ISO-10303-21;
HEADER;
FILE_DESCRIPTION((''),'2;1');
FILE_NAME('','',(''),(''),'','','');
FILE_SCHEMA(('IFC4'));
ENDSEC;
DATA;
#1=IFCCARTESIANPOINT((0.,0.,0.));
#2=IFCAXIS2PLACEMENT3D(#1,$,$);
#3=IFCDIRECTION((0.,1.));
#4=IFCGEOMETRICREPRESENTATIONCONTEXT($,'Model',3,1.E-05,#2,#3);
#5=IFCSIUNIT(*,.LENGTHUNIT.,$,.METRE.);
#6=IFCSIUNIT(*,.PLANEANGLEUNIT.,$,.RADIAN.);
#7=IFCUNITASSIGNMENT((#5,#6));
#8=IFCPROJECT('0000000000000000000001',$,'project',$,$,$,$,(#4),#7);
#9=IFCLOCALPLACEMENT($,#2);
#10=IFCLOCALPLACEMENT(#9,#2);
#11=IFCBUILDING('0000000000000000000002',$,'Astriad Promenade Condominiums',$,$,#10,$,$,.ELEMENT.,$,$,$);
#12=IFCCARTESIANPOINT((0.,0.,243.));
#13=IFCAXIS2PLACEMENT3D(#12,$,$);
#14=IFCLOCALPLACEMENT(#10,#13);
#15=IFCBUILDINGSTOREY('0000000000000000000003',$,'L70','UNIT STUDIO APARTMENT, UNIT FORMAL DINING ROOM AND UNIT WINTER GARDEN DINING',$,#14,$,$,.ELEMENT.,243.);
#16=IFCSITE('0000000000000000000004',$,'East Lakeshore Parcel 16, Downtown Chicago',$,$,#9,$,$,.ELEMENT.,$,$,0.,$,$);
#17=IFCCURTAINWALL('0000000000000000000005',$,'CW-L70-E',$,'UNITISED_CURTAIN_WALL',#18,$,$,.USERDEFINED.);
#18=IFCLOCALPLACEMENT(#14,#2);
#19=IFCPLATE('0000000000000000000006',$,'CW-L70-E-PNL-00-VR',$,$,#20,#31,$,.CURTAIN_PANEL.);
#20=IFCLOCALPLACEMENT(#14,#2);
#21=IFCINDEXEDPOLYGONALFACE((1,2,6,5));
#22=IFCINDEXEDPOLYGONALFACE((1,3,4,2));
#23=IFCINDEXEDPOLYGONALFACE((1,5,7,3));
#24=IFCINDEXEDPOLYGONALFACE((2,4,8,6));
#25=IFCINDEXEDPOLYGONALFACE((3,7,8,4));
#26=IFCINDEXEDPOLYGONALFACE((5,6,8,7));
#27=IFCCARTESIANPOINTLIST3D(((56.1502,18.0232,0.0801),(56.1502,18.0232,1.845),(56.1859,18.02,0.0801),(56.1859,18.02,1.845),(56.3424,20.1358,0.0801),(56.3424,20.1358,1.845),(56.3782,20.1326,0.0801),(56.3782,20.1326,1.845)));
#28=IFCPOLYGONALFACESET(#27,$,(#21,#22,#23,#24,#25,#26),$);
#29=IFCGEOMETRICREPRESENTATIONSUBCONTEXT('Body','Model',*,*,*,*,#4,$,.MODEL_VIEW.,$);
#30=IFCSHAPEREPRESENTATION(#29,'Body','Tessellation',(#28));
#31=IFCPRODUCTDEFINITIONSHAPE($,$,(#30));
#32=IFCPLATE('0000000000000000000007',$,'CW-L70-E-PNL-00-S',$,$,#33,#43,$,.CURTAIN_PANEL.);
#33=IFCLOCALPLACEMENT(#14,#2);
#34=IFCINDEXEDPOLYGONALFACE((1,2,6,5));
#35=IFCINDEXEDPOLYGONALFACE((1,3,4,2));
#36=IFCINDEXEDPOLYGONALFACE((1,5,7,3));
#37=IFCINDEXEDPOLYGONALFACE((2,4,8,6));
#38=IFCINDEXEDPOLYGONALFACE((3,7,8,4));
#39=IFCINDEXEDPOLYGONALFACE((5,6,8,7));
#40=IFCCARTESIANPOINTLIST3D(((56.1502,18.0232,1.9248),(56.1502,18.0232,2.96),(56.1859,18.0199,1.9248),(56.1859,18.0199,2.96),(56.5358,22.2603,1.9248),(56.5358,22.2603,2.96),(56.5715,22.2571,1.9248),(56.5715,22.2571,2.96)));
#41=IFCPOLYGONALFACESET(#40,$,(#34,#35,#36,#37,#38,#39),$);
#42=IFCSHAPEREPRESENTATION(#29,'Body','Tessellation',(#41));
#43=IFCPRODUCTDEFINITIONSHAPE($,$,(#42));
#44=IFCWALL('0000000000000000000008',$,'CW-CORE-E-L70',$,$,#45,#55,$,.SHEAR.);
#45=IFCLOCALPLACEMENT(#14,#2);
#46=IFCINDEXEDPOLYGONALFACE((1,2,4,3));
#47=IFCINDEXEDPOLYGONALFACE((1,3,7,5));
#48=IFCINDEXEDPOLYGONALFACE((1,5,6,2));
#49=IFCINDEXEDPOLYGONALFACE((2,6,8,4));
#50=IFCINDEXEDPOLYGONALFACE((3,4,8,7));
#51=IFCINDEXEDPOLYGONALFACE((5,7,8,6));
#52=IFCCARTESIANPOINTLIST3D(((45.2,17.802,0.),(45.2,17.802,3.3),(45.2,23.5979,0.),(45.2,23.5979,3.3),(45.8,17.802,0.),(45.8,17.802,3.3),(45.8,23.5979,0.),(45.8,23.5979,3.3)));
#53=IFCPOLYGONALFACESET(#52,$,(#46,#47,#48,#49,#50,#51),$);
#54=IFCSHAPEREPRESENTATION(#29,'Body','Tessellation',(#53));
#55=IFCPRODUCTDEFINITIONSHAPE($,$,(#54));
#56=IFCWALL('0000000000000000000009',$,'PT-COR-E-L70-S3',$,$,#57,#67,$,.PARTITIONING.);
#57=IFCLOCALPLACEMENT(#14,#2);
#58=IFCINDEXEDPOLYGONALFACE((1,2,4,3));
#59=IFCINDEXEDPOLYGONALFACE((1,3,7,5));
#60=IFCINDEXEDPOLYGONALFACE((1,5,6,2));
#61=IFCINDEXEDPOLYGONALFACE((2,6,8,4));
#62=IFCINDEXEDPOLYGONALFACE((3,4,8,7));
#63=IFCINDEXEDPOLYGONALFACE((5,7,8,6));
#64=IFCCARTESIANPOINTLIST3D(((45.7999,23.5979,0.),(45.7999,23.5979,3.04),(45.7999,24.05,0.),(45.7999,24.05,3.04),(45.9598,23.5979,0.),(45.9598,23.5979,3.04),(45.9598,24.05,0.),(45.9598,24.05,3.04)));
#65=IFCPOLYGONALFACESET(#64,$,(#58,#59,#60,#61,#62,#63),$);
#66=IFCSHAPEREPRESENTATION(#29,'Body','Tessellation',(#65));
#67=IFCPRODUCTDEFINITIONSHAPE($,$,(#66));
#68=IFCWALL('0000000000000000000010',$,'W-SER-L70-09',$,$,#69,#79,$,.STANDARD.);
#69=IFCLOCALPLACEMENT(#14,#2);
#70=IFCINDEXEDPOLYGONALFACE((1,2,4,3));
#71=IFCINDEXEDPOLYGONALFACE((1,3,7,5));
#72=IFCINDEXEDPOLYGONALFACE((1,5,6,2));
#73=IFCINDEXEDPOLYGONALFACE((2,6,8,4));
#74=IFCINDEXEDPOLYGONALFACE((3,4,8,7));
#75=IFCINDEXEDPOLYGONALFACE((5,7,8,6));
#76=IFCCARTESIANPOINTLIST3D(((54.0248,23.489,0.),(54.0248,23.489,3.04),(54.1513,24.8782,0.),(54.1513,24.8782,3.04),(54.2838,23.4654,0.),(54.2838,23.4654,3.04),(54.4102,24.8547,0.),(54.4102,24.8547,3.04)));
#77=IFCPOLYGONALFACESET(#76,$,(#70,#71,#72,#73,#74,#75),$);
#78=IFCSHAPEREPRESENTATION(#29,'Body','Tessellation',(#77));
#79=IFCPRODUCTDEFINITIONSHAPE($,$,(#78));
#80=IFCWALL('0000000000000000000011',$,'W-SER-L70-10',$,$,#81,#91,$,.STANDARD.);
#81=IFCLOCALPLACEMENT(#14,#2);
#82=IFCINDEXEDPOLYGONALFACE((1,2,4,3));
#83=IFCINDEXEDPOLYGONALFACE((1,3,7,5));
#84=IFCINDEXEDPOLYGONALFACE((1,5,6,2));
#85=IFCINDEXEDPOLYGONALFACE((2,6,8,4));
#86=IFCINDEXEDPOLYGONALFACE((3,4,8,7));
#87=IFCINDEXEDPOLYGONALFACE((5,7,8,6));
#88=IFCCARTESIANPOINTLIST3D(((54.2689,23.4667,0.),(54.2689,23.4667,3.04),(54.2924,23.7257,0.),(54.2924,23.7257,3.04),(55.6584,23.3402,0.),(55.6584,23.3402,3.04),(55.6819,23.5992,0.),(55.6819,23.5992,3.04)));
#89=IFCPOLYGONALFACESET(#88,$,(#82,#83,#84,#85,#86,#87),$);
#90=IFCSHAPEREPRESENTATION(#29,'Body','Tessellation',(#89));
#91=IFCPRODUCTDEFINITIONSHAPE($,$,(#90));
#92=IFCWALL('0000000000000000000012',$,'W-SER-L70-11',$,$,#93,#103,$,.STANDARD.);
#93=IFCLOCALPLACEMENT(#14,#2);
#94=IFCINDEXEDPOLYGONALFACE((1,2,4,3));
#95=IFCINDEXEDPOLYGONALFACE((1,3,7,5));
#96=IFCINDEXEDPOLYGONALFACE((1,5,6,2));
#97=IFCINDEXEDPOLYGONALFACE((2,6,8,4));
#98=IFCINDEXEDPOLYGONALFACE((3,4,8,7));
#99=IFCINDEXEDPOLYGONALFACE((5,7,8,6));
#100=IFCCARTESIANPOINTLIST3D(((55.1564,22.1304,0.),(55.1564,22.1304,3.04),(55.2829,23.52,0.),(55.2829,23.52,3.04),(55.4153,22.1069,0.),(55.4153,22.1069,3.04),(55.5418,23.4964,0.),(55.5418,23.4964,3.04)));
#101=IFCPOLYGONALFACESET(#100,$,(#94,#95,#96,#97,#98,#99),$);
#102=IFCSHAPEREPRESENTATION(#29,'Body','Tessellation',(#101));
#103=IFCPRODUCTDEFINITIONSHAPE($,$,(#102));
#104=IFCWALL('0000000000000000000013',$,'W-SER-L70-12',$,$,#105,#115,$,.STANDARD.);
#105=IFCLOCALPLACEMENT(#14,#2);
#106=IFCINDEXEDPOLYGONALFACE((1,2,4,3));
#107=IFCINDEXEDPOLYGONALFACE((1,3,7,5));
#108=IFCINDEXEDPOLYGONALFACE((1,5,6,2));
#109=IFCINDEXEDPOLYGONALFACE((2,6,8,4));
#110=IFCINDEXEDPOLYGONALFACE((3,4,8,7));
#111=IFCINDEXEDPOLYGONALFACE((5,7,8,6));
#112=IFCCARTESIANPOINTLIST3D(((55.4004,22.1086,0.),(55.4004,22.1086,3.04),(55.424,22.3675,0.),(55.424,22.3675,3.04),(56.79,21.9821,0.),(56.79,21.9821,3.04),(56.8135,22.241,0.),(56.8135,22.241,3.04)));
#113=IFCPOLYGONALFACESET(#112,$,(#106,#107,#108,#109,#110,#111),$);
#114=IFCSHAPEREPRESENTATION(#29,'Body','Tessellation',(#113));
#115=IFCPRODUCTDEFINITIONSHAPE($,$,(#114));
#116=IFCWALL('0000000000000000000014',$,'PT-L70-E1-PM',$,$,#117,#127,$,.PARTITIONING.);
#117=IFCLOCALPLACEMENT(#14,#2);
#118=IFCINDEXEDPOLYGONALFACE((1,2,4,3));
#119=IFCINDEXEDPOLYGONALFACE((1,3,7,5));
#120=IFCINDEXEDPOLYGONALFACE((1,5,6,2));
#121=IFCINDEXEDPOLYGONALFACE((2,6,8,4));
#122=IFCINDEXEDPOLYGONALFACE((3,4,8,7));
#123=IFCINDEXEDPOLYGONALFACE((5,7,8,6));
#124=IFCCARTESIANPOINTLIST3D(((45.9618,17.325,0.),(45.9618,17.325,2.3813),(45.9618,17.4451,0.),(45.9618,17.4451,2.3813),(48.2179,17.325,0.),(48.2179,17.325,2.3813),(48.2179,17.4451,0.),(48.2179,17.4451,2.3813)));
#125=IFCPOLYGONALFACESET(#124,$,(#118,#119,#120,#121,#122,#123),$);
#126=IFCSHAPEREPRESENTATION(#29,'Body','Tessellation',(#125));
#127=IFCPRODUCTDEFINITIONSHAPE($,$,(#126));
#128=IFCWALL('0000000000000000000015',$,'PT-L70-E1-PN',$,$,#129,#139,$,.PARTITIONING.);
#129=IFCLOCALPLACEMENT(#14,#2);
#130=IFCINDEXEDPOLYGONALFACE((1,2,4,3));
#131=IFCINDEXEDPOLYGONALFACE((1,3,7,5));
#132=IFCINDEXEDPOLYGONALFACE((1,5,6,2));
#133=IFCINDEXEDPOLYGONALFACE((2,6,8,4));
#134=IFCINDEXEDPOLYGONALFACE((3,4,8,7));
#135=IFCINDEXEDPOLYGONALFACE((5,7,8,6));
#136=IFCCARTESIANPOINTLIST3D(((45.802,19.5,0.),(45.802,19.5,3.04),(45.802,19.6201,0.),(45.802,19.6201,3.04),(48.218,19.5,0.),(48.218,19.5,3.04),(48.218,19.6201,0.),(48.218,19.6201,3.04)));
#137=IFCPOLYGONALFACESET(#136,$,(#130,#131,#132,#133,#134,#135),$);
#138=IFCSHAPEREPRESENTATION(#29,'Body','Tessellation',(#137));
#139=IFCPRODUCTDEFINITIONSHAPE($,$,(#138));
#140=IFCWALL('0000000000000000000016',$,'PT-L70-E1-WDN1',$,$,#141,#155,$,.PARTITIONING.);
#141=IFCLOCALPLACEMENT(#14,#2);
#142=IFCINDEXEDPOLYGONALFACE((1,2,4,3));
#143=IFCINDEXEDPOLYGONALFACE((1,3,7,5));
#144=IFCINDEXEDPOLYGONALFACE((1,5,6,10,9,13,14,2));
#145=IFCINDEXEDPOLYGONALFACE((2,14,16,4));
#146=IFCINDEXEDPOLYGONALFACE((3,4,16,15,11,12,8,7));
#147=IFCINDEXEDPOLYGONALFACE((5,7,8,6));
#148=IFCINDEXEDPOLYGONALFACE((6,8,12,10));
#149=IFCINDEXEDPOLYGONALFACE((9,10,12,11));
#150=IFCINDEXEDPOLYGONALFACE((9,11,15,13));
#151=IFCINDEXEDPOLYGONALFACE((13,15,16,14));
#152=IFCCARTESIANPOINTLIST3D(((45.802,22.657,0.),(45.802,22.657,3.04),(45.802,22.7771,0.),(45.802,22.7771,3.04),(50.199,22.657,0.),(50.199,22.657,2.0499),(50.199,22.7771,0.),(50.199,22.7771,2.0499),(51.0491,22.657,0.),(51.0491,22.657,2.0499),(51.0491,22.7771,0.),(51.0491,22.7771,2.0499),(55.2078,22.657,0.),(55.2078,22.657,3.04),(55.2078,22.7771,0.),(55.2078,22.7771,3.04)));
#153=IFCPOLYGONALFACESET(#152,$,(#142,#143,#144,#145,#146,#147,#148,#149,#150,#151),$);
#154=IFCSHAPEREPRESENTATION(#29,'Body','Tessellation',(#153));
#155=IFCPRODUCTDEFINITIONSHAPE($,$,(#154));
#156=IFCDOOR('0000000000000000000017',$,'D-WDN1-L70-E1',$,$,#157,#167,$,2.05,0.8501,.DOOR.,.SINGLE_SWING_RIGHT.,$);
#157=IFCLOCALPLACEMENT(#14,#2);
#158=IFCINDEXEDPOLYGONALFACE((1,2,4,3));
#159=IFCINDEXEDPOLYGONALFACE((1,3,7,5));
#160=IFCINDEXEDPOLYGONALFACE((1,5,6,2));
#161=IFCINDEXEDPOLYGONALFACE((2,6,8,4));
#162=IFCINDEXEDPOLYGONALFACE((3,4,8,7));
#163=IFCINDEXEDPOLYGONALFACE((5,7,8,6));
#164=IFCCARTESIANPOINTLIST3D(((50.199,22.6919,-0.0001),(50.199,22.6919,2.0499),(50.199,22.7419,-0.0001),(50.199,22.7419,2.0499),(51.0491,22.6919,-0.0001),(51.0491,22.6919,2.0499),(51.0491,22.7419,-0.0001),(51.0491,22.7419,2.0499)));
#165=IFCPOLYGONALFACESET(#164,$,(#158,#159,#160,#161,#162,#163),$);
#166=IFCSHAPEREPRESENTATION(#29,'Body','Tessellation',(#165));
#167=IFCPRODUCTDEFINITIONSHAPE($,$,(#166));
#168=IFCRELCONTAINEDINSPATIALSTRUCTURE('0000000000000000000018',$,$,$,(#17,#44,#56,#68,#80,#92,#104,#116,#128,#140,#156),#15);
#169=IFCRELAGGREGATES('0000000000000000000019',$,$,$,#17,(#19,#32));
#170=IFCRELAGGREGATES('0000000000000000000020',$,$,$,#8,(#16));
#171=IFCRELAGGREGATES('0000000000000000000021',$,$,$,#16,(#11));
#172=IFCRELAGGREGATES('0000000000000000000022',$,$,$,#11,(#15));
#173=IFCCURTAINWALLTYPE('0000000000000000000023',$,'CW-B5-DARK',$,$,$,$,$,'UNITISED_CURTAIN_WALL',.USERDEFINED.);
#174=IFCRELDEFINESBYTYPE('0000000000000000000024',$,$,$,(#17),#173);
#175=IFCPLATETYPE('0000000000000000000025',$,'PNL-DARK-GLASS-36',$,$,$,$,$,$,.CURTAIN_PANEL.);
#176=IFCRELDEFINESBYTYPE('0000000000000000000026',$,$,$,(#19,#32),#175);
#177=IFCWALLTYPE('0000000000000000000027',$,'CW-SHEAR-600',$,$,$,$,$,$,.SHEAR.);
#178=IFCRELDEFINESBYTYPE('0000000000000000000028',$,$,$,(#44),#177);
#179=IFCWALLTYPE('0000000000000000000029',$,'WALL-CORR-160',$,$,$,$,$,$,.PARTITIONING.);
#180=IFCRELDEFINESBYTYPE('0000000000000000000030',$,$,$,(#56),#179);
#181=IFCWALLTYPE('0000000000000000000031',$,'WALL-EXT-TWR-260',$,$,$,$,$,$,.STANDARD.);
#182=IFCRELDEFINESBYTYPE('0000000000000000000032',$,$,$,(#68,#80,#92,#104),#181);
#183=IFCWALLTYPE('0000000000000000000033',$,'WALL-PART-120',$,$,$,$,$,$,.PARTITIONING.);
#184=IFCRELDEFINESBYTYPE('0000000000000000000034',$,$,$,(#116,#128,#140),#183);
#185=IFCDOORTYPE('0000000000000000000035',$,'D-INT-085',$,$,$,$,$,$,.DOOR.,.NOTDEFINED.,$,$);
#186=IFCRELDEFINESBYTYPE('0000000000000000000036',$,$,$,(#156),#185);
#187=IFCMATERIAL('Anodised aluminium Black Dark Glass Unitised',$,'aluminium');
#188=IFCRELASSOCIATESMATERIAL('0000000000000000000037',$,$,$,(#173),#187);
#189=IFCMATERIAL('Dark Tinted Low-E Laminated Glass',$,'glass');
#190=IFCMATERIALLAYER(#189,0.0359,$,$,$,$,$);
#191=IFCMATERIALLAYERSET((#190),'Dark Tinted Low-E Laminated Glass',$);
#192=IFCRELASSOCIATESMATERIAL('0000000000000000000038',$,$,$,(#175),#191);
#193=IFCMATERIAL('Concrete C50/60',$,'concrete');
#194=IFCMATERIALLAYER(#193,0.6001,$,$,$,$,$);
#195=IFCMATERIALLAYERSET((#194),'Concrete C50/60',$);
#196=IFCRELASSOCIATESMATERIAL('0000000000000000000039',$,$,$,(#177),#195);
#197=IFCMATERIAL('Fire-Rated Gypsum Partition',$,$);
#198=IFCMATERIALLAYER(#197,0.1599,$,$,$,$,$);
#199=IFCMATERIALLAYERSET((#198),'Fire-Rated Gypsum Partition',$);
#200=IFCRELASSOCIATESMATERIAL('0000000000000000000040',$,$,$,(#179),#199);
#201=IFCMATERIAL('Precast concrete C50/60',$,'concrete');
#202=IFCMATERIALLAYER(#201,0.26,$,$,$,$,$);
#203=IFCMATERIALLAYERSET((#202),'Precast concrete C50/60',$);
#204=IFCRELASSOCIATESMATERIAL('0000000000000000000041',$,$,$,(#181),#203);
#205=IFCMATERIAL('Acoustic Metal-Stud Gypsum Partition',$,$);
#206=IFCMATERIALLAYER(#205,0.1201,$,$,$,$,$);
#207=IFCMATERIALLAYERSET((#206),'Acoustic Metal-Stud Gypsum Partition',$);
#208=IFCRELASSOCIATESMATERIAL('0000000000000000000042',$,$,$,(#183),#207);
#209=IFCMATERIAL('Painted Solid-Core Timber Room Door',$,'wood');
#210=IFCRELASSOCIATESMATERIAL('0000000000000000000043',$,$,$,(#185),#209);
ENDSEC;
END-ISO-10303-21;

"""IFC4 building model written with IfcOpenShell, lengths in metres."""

from ifc_helpers import new_model, si_unit, direction, frame, frame_2d, origin, origin_2d, place, context, subcontext, project, spatial, rectangle, extrude, source, transform, mapped, material, layer, layer_set, type_object, type_shapes, element, fill, aggregate, save


model = new_model("IFC4")

# Units and contexts
model_context = context("Model", 3, precision=1e-05, world=origin(), true_north=direction((0.0, 1.0)))
body_context = subcontext(model_context, "Body", "Model", "MODEL_VIEW")
ifc_project = project(units=[si_unit("LENGTHUNIT", "METRE"), si_unit("PLANEANGLEUNIT", "RADIAN")], contexts=[model_context])

# Site, building, storey
site_placement = place(None, origin())
site = spatial("IfcSite", under=ifc_project, at=site_placement, Name="East Lakeshore Parcel 16, Downtown Chicago", CompositionType="ELEMENT", RefElevation=0.0)
building_placement = place(site_placement, origin())
building = spatial("IfcBuilding", under=site, at=building_placement, Name="Astriad Promenade Condominiums", CompositionType="ELEMENT")
storey_placement = place(building_placement, frame((0.0, 0.0, 243.0)))
storey = spatial("IfcBuildingStorey", under=building, at=storey_placement, Name="L70", Description="UNIT STUDIO APARTMENT, UNIT FORMAL DINING ROOM AND UNIT WINTER GARDEN DINING", CompositionType="ELEMENT", Elevation=243.0)

# Shared definitions
ifc_material_1 = material(Name="Concrete C50/60", Category="concrete")

# Curtain wall, plates
ifc_material_2 = material(Name="Anodised aluminium Black Dark Glass Unitised", Category="aluminium")
curtain_wall_type = type_object("IfcCurtainWallType", Name="CW-B5-DARK", ElementType="UNITISED_CURTAIN_WALL", PredefinedType="USERDEFINED", material=ifc_material_2)
curtain_wall_placement = place(storey_placement, origin())
curtain_wall = element("IfcCurtainWall", 1, at=curtain_wall_placement, inside=storey, type_object=curtain_wall_type, Name="CW-L70-E", ObjectType="UNITISED_CURTAIN_WALL", PredefinedType="USERDEFINED")
ifc_material_3 = material(Name="Dark Tinted Low-E Laminated Glass", Category="glass")
ifc_layer_1 = layer(ifc_material_3, 0.0359)
ifc_layer_set_1 = layer_set([ifc_layer_1], Name="Dark Tinted Low-E Laminated Glass")
plate_type = type_object("IfcPlateType", Name="PNL-DARK-GLASS-36", PredefinedType="CURTAIN_PANEL", material=ifc_layer_set_1)
shared_shape_1 = source(origin(), body_context, "Body", "SweptSolid", [
    extrude(rectangle(XDim=2.1213, YDim=0.0359, at=origin_2d()), origin(), (0.0, 0.0, 1.0), 1.7649),
])
plate_1_placement = place(storey_placement, frame((56.2642, 19.0779, 0.0801), z_axis=(0.0, 0.0, 1.0), x_axis=(-0.090633, -0.995884, 0.0)))
plate_1 = element("IfcPlate", 2, at=plate_1_placement, type_object=plate_type, Name="CW-L70-E-PNL-00-VR", PredefinedType="CURTAIN_PANEL", context=body_context, shape_type="MappedRepresentation", body=[
    mapped(shared_shape_1, transform((0.0, 0.0, 0.0), scale=1.0)),
])
shared_shape_2 = source(origin(), body_context, "Body", "SweptSolid", [
    extrude(rectangle(XDim=4.2546, YDim=0.0359, at=origin_2d()), origin(), (0.0, 0.0, 1.0), 1.0352),
])
type_shapes(plate_type, [shared_shape_1, shared_shape_2])
plate_2_placement = place(storey_placement, frame((56.3608, 20.1401, 1.9248), z_axis=(0.0, 0.0, 1.0), x_axis=(-0.090633, -0.995884, 0.0)))
plate_2 = element("IfcPlate", 3, at=plate_2_placement, type_object=plate_type, Name="CW-L70-E-PNL-00-S", PredefinedType="CURTAIN_PANEL", context=body_context, shape_type="MappedRepresentation", body=[
    mapped(shared_shape_2, transform((0.0, 0.0, 0.0), scale=1.0)),
])
aggregate(curtain_wall, [plate_1, plate_2])

# Walls
ifc_layer_2 = layer(ifc_material_1, 0.6001)
ifc_layer_set_2 = layer_set([ifc_layer_2], Name="Concrete C50/60")
wall_type_1 = type_object("IfcWallType", Name="CW-SHEAR-600", PredefinedType="SHEAR", material=ifc_layer_set_2)
wall_1_placement = place(storey_placement, frame((45.5, 17.802, 0.0), z_axis=(0.0, 0.0, 1.0), x_axis=(0.0, 1.0, 0.0)))
element("IfcWall", 4, at=wall_1_placement, inside=storey, type_object=wall_type_1, Name="CW-CORE-E-L70", PredefinedType="SHEAR", context=body_context, shape_type="SweptSolid", body=[
    extrude(rectangle(XDim=5.7959, YDim=0.6001, at=frame_2d((2.8979, 0.0))), origin(), (0.0, 0.0, 1.0), 3.3),
])
ifc_material_4 = material(Name="Fire-Rated Gypsum Partition")
ifc_layer_3 = layer(ifc_material_4, 0.1599)
ifc_layer_set_3 = layer_set([ifc_layer_3], Name="Fire-Rated Gypsum Partition")
wall_type_2 = type_object("IfcWallType", Name="WALL-CORR-160", PredefinedType="PARTITIONING", material=ifc_layer_set_3)
wall_2_placement = place(storey_placement, frame((45.8799, 23.5979, 0.0), z_axis=(0.0, 0.0, 1.0), x_axis=(0.0, 1.0, 0.0)))
element("IfcWall", 5, at=wall_2_placement, inside=storey, type_object=wall_type_2, Name="PT-COR-E-L70-S3", PredefinedType="PARTITIONING", context=body_context, shape_type="SweptSolid", body=[
    extrude(rectangle(XDim=0.4521, YDim=0.1599, at=frame_2d((0.2261, 0.0))), origin(), (0.0, 0.0, 1.0), 3.04),
])
ifc_material_5 = material(Name="Precast concrete C50/60", Category="concrete")
ifc_layer_4 = layer(ifc_material_5, 0.26)
ifc_layer_set_4 = layer_set([ifc_layer_4], Name="Precast concrete C50/60")
wall_type_3 = type_object("IfcWallType", Name="WALL-EXT-TWR-260", PredefinedType="STANDARD", material=ifc_layer_set_4)
wall_3_placement = place(storey_placement, frame((54.2808, 24.8665, 0.0), z_axis=(0.0, 0.0, 1.0), x_axis=(-0.090662, -0.995882, 0.0)))
element("IfcWall", 6, at=wall_3_placement, inside=storey, type_object=wall_type_3, Name="W-SER-L70-09", PredefinedType="STANDARD", context=body_context, shape_type="SweptSolid", body=[
    extrude(rectangle(XDim=1.395, YDim=0.26, at=frame_2d((0.6975, 0.0))), origin(), (0.0, 0.0, 1.0), 3.04),
])
for number, where, z_axis, x_axis, name in (
    (7, (54.2805, 23.5962, 0.0), (0.0, 0.0, 1.0), (0.995883, -0.090646, 0.0), "W-SER-L70-10"),
    (8, (55.4124, 23.5083, 0.0), (0.0, 0.0, 1.0), (-0.090646, -0.995883, 0.0), "W-SER-L70-11"),
    (9, (55.4121, 22.238, 0.0), (0.0, 0.0, 1.0), (0.995883, -0.090646, 0.0), "W-SER-L70-12"),
):
    element("IfcWall", number, at=place(storey_placement, frame(where, z_axis=z_axis, x_axis=x_axis)), inside=storey, type_object=wall_type_3, Name=name, PredefinedType="STANDARD", context=body_context, shape_type="SweptSolid", body=[
        extrude(rectangle(XDim=1.3953, YDim=0.26, at=frame_2d((0.6978, 0.0))), origin(), (0.0, 0.0, 1.0), 3.04),
    ])
ifc_material_6 = material(Name="Acoustic Metal-Stud Gypsum Partition")
ifc_layer_5 = layer(ifc_material_6, 0.1201)
ifc_layer_set_5 = layer_set([ifc_layer_5], Name="Acoustic Metal-Stud Gypsum Partition")
wall_type_4 = type_object("IfcWallType", Name="WALL-PART-120", PredefinedType="PARTITIONING", material=ifc_layer_set_5)
wall_4_placement = place(storey_placement, frame((45.9619, 17.385, 0.0), z_axis=(0.0, 0.0, 1.0), x_axis=(1.0, 0.0, 0.0)))
element("IfcWall", 10, at=wall_4_placement, inside=storey, type_object=wall_type_4, Name="PT-L70-E1-PM", PredefinedType="PARTITIONING", context=body_context, shape_type="SweptSolid", body=[
    extrude(rectangle(XDim=2.2561, YDim=0.1201, at=frame_2d((1.1279, 0.0))), origin(), (0.0, 0.0, 1.0), 2.3813),
])
wall_5_placement = place(storey_placement, frame((45.802, 19.5601, 0.0), z_axis=(0.0, 0.0, 1.0), x_axis=(1.0, 0.0, 0.0)))
element("IfcWall", 11, at=wall_5_placement, inside=storey, type_object=wall_type_4, Name="PT-L70-E1-PN", PredefinedType="PARTITIONING", context=body_context, shape_type="SweptSolid", body=[
    extrude(rectangle(XDim=2.416, YDim=0.1201, at=frame_2d((1.208, 0.0))), origin(), (0.0, 0.0, 1.0), 3.04),
])

# Wall, opening, door
wall_6_placement = place(storey_placement, frame((45.802, 22.717, 0.0), z_axis=(0.0, 0.0, 1.0), x_axis=(1.0, 0.0, 0.0)))
wall_6 = element("IfcWall", 12, at=wall_6_placement, inside=storey, type_object=wall_type_4, Name="PT-L70-E1-WDN1", PredefinedType="PARTITIONING", context=body_context, shape_type="SweptSolid", body=[
    extrude(rectangle(XDim=9.4058, YDim=0.1201, at=frame_2d((4.7029, 0.0))), origin(), (0.0, 0.0, 1.0), 3.04),
])
opening_1_placement = place(wall_6_placement, frame((4.397, 0.0, 0.0)))
opening_1 = element("IfcOpeningElement", 13, at=opening_1_placement, cuts=wall_6, PredefinedType="OPENING", context=body_context, shape_type="SweptSolid", body=[
    extrude(rectangle(XDim=0.8501, YDim=2.05, at=frame_2d((0.425, 1.0249))), frame((0.0, 0.0701, 0.0), z_axis=(0.0, -1.0, 0.0), x_axis=(1.0, 0.0, 0.0)), (0.0, 0.0, 1.0), 0.1401),
])
ifc_material_7 = material(Name="Painted Solid-Core Timber Room Door", Category="wood")
door_type = type_object("IfcDoorType", Name="D-INT-085", OperationType="NOTDEFINED", PredefinedType="DOOR", material=ifc_material_7)
shared_shape_3 = source(origin(), body_context, "Body", "SweptSolid", [
    extrude(rectangle(XDim=0.8501, YDim=2.05, at=frame_2d((0.425, 1.0249))), frame((0.0, 0.0249, 0.0), z_axis=(0.0, -1.0, 0.0), x_axis=(1.0, 0.0, 0.0)), (0.0, 0.0, 1.0), 0.05),
])
type_shapes(door_type, [shared_shape_3])
door_1_placement = place(opening_1_placement, origin())
door_1 = element("IfcDoor", 14, at=door_1_placement, inside=storey, type_object=door_type, Name="D-WDN1-L70-E1", OperationType="SINGLE_SWING_RIGHT", OverallHeight=2.05, OverallWidth=0.8501, PredefinedType="DOOR", context=body_context, shape_type="MappedRepresentation", body=[
    mapped(shared_shape_3, transform((0.0, 0.0, 0.0), scale=1.0)),
])
fill(opening_1, door_1)

save(model, "model.ifc")
